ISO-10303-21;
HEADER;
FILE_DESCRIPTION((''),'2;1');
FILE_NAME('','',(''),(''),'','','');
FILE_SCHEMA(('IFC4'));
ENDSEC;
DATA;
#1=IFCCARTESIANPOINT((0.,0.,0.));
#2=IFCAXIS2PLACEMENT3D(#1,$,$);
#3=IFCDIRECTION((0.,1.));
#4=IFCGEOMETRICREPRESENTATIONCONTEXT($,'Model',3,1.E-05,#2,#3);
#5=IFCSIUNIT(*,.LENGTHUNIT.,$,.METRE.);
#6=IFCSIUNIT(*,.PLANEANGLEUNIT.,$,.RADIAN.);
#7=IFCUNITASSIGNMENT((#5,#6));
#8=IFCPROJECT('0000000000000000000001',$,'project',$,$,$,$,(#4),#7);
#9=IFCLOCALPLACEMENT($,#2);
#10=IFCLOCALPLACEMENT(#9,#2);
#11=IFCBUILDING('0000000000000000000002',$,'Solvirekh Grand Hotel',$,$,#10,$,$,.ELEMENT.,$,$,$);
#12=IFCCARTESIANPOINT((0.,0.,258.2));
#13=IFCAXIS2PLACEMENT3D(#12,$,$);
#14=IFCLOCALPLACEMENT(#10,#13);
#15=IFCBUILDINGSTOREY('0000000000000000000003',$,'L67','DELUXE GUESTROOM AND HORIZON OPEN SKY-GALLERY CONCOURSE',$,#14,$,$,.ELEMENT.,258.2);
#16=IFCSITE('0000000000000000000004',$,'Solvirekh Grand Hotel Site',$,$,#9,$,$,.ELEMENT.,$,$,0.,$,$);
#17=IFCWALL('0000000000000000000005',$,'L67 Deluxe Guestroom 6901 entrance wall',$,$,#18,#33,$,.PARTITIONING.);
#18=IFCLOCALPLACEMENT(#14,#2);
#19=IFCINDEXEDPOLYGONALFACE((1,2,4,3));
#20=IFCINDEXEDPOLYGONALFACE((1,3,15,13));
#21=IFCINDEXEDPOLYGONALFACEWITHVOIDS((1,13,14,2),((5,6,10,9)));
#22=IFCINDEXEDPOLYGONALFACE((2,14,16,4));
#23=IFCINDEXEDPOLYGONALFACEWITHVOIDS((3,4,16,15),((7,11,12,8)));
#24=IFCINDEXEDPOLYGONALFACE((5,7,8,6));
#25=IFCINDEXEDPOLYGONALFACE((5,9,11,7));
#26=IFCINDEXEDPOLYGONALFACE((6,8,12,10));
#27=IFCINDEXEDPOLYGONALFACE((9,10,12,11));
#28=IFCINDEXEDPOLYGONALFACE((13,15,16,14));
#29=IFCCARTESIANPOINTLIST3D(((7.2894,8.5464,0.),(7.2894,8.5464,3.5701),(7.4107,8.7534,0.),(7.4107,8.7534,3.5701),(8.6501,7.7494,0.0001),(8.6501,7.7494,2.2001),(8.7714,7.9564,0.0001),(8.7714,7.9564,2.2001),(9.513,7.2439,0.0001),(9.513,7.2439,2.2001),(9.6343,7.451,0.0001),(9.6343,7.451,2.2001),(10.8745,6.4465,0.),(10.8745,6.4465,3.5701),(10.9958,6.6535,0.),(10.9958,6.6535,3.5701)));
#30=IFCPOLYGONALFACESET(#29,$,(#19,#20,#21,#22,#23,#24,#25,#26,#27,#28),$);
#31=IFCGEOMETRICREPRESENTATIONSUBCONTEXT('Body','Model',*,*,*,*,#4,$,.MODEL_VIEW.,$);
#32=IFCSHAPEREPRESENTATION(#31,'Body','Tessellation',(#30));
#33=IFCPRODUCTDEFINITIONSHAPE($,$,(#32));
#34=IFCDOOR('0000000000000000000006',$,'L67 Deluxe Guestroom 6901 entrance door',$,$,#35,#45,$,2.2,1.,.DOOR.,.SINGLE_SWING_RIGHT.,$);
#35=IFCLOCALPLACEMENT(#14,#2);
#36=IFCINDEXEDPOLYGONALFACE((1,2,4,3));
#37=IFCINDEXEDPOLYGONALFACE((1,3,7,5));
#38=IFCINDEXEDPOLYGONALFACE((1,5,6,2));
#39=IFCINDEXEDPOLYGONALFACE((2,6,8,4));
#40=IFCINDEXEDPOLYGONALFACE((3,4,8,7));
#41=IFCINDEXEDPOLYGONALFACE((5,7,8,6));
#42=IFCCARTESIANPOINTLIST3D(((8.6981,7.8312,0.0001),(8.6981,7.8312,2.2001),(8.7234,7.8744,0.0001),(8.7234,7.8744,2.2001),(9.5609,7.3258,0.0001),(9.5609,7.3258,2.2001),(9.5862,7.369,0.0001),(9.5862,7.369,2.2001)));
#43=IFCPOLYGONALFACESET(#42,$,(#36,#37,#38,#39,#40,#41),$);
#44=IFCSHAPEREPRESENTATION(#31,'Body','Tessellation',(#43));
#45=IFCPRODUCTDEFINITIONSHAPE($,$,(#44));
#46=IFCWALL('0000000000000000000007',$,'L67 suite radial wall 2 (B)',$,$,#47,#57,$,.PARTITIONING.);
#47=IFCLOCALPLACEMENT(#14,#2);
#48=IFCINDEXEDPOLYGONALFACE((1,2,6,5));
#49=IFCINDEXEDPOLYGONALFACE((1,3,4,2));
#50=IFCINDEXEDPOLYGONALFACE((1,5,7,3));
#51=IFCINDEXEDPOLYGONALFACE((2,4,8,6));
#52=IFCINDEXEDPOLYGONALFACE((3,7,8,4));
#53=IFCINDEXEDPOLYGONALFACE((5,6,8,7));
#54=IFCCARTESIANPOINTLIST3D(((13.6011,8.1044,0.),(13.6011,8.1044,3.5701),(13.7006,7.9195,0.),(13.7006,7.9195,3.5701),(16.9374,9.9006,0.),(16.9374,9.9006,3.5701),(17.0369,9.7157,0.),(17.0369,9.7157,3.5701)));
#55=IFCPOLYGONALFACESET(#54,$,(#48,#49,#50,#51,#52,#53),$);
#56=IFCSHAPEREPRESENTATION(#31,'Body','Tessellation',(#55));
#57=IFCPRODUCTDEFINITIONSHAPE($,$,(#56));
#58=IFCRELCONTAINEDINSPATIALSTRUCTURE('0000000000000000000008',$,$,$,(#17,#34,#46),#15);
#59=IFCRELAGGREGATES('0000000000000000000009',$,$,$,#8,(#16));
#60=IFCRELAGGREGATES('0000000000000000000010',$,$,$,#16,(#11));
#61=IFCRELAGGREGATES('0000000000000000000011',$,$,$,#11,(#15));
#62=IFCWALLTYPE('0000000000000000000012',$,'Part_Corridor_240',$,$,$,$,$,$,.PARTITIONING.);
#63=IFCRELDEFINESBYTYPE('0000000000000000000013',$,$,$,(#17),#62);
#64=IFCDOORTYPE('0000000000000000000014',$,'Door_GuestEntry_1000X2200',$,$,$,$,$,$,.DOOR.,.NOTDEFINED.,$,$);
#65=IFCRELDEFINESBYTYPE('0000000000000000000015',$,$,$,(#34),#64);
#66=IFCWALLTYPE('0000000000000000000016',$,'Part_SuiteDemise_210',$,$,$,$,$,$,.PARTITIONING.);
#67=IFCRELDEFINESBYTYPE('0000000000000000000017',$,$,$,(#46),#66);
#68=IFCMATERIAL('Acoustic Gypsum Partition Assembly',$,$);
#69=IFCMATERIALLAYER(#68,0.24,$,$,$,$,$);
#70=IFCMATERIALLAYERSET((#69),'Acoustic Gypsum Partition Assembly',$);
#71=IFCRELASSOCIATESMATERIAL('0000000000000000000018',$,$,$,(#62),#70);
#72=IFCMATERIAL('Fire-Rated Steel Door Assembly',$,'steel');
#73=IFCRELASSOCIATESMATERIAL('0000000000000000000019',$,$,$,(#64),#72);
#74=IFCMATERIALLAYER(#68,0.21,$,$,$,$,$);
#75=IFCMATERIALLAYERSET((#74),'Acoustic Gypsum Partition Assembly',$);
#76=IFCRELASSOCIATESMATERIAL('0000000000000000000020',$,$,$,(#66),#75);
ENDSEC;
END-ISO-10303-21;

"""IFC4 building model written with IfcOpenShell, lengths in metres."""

from ifc_helpers import new_model, si_unit, direction, frame, frame_2d, origin, place, context, subcontext, project, spatial, rectangle, extrude, material, layer, layer_set, type_object, element, fill, save


model = new_model("IFC4")

# Units and contexts
model_context = context("Model", 3, precision=1e-05, world=origin(), true_north=direction((0.0, 1.0)))
body_context = subcontext(model_context, "Body", "Model", "MODEL_VIEW")
ifc_project = project(units=[si_unit("LENGTHUNIT", "METRE"), si_unit("PLANEANGLEUNIT", "RADIAN")], contexts=[model_context])

# Site, building, storey
site_placement = place(None, origin())
site = spatial("IfcSite", under=ifc_project, at=site_placement, Name="Solvirekh Grand Hotel Site", CompositionType="ELEMENT", RefElevation=0.0)
building_placement = place(site_placement, origin())
building = spatial("IfcBuilding", under=site, at=building_placement, Name="Solvirekh Grand Hotel", CompositionType="ELEMENT")
storey_placement = place(building_placement, frame((0.0, 0.0, 258.2)))
storey = spatial("IfcBuildingStorey", under=building, at=storey_placement, Name="L67", Description="DELUXE GUESTROOM AND HORIZON OPEN SKY-GALLERY CONCOURSE", CompositionType="ELEMENT", Elevation=258.2)

# Wall, opening, door
ifc_material_1 = material(Name="Acoustic Gypsum Partition Assembly")
ifc_layer_1 = layer(ifc_material_1, 0.24)
ifc_layer_set_1 = layer_set([ifc_layer_1], Name="Acoustic Gypsum Partition Assembly")
wall_type_1 = type_object("IfcWallType", Name="Part_Corridor_240", PredefinedType="PARTITIONING", material=ifc_layer_set_1)
wall_1_placement = place(storey_placement, frame((7.3501, 8.6499, 0.0), z_axis=(0.0, 0.0, 1.0), x_axis=(0.862874, -0.505419, 0.0)))
wall_1 = element("IfcWall", 1, at=wall_1_placement, inside=storey, type_object=wall_type_1, Name="L67 Deluxe Guestroom 6901 entrance wall", PredefinedType="PARTITIONING", context=body_context, shape_type="SweptSolid", body=[
    extrude(rectangle(XDim=4.1548, YDim=0.24, at=frame_2d((2.0774, 0.0))), origin(), (0.0, 0.0, 1.0), 3.5701),
])
opening_1_placement = place(wall_1_placement, frame((1.5769, 0.0, 0.0)))
opening_1 = element("IfcOpeningElement", 2, at=opening_1_placement, cuts=wall_1, PredefinedType="OPENING", context=body_context, shape_type="SweptSolid", body=[
    extrude(rectangle(XDim=1.0, YDim=2.2, at=frame_2d((0.5, 1.1001))), frame((0.0, 0.1299, 0.0), z_axis=(0.0, -1.0, 0.0), x_axis=(1.0, 0.0, 0.0)), (0.0, 0.0, 1.0), 0.26),
])
ifc_material_2 = material(Name="Fire-Rated Steel Door Assembly", Category="steel")
door_type = type_object("IfcDoorType", Name="Door_GuestEntry_1000X2200", OperationType="NOTDEFINED", PredefinedType="DOOR", material=ifc_material_2)
door_placement = place(opening_1_placement, origin())
door = element("IfcDoor", 3, at=door_placement, inside=storey, type_object=door_type, Name="L67 Deluxe Guestroom 6901 entrance door", OperationType="SINGLE_SWING_RIGHT", OverallHeight=2.2, OverallWidth=1.0, PredefinedType="DOOR", context=body_context, shape_type="SweptSolid", body=[
    extrude(rectangle(XDim=1.0, YDim=2.2, at=frame_2d((0.5, 1.1001))), frame((0.0, 0.0249, 0.0), z_axis=(0.0, -1.0, 0.0), x_axis=(1.0, 0.0, 0.0)), (0.0, 0.0, 1.0), 0.05),
])
fill(opening_1, door)

# Wall
ifc_layer_2 = layer(ifc_material_1, 0.21)
ifc_layer_set_2 = layer_set([ifc_layer_2], Name="Acoustic Gypsum Partition Assembly")
wall_type_2 = type_object("IfcWallType", Name="Part_SuiteDemise_210", PredefinedType="PARTITIONING", material=ifc_layer_set_2)
wall_2_placement = place(storey_placement, frame((13.6509, 8.012, 0.0), z_axis=(0.0, 0.0, 1.0), x_axis=(0.8805, 0.474046, 0.0)))
element("IfcWall", 4, at=wall_2_placement, inside=storey, type_object=wall_type_2, Name="L67 suite radial wall 2 (B)", PredefinedType="PARTITIONING", context=body_context, shape_type="SweptSolid", body=[
    extrude(rectangle(XDim=3.7891, YDim=0.21, at=frame_2d((1.8945, 0.0))), origin(), (0.0, 0.0, 1.0), 3.5701),
])

save(model, "model.ifc")
